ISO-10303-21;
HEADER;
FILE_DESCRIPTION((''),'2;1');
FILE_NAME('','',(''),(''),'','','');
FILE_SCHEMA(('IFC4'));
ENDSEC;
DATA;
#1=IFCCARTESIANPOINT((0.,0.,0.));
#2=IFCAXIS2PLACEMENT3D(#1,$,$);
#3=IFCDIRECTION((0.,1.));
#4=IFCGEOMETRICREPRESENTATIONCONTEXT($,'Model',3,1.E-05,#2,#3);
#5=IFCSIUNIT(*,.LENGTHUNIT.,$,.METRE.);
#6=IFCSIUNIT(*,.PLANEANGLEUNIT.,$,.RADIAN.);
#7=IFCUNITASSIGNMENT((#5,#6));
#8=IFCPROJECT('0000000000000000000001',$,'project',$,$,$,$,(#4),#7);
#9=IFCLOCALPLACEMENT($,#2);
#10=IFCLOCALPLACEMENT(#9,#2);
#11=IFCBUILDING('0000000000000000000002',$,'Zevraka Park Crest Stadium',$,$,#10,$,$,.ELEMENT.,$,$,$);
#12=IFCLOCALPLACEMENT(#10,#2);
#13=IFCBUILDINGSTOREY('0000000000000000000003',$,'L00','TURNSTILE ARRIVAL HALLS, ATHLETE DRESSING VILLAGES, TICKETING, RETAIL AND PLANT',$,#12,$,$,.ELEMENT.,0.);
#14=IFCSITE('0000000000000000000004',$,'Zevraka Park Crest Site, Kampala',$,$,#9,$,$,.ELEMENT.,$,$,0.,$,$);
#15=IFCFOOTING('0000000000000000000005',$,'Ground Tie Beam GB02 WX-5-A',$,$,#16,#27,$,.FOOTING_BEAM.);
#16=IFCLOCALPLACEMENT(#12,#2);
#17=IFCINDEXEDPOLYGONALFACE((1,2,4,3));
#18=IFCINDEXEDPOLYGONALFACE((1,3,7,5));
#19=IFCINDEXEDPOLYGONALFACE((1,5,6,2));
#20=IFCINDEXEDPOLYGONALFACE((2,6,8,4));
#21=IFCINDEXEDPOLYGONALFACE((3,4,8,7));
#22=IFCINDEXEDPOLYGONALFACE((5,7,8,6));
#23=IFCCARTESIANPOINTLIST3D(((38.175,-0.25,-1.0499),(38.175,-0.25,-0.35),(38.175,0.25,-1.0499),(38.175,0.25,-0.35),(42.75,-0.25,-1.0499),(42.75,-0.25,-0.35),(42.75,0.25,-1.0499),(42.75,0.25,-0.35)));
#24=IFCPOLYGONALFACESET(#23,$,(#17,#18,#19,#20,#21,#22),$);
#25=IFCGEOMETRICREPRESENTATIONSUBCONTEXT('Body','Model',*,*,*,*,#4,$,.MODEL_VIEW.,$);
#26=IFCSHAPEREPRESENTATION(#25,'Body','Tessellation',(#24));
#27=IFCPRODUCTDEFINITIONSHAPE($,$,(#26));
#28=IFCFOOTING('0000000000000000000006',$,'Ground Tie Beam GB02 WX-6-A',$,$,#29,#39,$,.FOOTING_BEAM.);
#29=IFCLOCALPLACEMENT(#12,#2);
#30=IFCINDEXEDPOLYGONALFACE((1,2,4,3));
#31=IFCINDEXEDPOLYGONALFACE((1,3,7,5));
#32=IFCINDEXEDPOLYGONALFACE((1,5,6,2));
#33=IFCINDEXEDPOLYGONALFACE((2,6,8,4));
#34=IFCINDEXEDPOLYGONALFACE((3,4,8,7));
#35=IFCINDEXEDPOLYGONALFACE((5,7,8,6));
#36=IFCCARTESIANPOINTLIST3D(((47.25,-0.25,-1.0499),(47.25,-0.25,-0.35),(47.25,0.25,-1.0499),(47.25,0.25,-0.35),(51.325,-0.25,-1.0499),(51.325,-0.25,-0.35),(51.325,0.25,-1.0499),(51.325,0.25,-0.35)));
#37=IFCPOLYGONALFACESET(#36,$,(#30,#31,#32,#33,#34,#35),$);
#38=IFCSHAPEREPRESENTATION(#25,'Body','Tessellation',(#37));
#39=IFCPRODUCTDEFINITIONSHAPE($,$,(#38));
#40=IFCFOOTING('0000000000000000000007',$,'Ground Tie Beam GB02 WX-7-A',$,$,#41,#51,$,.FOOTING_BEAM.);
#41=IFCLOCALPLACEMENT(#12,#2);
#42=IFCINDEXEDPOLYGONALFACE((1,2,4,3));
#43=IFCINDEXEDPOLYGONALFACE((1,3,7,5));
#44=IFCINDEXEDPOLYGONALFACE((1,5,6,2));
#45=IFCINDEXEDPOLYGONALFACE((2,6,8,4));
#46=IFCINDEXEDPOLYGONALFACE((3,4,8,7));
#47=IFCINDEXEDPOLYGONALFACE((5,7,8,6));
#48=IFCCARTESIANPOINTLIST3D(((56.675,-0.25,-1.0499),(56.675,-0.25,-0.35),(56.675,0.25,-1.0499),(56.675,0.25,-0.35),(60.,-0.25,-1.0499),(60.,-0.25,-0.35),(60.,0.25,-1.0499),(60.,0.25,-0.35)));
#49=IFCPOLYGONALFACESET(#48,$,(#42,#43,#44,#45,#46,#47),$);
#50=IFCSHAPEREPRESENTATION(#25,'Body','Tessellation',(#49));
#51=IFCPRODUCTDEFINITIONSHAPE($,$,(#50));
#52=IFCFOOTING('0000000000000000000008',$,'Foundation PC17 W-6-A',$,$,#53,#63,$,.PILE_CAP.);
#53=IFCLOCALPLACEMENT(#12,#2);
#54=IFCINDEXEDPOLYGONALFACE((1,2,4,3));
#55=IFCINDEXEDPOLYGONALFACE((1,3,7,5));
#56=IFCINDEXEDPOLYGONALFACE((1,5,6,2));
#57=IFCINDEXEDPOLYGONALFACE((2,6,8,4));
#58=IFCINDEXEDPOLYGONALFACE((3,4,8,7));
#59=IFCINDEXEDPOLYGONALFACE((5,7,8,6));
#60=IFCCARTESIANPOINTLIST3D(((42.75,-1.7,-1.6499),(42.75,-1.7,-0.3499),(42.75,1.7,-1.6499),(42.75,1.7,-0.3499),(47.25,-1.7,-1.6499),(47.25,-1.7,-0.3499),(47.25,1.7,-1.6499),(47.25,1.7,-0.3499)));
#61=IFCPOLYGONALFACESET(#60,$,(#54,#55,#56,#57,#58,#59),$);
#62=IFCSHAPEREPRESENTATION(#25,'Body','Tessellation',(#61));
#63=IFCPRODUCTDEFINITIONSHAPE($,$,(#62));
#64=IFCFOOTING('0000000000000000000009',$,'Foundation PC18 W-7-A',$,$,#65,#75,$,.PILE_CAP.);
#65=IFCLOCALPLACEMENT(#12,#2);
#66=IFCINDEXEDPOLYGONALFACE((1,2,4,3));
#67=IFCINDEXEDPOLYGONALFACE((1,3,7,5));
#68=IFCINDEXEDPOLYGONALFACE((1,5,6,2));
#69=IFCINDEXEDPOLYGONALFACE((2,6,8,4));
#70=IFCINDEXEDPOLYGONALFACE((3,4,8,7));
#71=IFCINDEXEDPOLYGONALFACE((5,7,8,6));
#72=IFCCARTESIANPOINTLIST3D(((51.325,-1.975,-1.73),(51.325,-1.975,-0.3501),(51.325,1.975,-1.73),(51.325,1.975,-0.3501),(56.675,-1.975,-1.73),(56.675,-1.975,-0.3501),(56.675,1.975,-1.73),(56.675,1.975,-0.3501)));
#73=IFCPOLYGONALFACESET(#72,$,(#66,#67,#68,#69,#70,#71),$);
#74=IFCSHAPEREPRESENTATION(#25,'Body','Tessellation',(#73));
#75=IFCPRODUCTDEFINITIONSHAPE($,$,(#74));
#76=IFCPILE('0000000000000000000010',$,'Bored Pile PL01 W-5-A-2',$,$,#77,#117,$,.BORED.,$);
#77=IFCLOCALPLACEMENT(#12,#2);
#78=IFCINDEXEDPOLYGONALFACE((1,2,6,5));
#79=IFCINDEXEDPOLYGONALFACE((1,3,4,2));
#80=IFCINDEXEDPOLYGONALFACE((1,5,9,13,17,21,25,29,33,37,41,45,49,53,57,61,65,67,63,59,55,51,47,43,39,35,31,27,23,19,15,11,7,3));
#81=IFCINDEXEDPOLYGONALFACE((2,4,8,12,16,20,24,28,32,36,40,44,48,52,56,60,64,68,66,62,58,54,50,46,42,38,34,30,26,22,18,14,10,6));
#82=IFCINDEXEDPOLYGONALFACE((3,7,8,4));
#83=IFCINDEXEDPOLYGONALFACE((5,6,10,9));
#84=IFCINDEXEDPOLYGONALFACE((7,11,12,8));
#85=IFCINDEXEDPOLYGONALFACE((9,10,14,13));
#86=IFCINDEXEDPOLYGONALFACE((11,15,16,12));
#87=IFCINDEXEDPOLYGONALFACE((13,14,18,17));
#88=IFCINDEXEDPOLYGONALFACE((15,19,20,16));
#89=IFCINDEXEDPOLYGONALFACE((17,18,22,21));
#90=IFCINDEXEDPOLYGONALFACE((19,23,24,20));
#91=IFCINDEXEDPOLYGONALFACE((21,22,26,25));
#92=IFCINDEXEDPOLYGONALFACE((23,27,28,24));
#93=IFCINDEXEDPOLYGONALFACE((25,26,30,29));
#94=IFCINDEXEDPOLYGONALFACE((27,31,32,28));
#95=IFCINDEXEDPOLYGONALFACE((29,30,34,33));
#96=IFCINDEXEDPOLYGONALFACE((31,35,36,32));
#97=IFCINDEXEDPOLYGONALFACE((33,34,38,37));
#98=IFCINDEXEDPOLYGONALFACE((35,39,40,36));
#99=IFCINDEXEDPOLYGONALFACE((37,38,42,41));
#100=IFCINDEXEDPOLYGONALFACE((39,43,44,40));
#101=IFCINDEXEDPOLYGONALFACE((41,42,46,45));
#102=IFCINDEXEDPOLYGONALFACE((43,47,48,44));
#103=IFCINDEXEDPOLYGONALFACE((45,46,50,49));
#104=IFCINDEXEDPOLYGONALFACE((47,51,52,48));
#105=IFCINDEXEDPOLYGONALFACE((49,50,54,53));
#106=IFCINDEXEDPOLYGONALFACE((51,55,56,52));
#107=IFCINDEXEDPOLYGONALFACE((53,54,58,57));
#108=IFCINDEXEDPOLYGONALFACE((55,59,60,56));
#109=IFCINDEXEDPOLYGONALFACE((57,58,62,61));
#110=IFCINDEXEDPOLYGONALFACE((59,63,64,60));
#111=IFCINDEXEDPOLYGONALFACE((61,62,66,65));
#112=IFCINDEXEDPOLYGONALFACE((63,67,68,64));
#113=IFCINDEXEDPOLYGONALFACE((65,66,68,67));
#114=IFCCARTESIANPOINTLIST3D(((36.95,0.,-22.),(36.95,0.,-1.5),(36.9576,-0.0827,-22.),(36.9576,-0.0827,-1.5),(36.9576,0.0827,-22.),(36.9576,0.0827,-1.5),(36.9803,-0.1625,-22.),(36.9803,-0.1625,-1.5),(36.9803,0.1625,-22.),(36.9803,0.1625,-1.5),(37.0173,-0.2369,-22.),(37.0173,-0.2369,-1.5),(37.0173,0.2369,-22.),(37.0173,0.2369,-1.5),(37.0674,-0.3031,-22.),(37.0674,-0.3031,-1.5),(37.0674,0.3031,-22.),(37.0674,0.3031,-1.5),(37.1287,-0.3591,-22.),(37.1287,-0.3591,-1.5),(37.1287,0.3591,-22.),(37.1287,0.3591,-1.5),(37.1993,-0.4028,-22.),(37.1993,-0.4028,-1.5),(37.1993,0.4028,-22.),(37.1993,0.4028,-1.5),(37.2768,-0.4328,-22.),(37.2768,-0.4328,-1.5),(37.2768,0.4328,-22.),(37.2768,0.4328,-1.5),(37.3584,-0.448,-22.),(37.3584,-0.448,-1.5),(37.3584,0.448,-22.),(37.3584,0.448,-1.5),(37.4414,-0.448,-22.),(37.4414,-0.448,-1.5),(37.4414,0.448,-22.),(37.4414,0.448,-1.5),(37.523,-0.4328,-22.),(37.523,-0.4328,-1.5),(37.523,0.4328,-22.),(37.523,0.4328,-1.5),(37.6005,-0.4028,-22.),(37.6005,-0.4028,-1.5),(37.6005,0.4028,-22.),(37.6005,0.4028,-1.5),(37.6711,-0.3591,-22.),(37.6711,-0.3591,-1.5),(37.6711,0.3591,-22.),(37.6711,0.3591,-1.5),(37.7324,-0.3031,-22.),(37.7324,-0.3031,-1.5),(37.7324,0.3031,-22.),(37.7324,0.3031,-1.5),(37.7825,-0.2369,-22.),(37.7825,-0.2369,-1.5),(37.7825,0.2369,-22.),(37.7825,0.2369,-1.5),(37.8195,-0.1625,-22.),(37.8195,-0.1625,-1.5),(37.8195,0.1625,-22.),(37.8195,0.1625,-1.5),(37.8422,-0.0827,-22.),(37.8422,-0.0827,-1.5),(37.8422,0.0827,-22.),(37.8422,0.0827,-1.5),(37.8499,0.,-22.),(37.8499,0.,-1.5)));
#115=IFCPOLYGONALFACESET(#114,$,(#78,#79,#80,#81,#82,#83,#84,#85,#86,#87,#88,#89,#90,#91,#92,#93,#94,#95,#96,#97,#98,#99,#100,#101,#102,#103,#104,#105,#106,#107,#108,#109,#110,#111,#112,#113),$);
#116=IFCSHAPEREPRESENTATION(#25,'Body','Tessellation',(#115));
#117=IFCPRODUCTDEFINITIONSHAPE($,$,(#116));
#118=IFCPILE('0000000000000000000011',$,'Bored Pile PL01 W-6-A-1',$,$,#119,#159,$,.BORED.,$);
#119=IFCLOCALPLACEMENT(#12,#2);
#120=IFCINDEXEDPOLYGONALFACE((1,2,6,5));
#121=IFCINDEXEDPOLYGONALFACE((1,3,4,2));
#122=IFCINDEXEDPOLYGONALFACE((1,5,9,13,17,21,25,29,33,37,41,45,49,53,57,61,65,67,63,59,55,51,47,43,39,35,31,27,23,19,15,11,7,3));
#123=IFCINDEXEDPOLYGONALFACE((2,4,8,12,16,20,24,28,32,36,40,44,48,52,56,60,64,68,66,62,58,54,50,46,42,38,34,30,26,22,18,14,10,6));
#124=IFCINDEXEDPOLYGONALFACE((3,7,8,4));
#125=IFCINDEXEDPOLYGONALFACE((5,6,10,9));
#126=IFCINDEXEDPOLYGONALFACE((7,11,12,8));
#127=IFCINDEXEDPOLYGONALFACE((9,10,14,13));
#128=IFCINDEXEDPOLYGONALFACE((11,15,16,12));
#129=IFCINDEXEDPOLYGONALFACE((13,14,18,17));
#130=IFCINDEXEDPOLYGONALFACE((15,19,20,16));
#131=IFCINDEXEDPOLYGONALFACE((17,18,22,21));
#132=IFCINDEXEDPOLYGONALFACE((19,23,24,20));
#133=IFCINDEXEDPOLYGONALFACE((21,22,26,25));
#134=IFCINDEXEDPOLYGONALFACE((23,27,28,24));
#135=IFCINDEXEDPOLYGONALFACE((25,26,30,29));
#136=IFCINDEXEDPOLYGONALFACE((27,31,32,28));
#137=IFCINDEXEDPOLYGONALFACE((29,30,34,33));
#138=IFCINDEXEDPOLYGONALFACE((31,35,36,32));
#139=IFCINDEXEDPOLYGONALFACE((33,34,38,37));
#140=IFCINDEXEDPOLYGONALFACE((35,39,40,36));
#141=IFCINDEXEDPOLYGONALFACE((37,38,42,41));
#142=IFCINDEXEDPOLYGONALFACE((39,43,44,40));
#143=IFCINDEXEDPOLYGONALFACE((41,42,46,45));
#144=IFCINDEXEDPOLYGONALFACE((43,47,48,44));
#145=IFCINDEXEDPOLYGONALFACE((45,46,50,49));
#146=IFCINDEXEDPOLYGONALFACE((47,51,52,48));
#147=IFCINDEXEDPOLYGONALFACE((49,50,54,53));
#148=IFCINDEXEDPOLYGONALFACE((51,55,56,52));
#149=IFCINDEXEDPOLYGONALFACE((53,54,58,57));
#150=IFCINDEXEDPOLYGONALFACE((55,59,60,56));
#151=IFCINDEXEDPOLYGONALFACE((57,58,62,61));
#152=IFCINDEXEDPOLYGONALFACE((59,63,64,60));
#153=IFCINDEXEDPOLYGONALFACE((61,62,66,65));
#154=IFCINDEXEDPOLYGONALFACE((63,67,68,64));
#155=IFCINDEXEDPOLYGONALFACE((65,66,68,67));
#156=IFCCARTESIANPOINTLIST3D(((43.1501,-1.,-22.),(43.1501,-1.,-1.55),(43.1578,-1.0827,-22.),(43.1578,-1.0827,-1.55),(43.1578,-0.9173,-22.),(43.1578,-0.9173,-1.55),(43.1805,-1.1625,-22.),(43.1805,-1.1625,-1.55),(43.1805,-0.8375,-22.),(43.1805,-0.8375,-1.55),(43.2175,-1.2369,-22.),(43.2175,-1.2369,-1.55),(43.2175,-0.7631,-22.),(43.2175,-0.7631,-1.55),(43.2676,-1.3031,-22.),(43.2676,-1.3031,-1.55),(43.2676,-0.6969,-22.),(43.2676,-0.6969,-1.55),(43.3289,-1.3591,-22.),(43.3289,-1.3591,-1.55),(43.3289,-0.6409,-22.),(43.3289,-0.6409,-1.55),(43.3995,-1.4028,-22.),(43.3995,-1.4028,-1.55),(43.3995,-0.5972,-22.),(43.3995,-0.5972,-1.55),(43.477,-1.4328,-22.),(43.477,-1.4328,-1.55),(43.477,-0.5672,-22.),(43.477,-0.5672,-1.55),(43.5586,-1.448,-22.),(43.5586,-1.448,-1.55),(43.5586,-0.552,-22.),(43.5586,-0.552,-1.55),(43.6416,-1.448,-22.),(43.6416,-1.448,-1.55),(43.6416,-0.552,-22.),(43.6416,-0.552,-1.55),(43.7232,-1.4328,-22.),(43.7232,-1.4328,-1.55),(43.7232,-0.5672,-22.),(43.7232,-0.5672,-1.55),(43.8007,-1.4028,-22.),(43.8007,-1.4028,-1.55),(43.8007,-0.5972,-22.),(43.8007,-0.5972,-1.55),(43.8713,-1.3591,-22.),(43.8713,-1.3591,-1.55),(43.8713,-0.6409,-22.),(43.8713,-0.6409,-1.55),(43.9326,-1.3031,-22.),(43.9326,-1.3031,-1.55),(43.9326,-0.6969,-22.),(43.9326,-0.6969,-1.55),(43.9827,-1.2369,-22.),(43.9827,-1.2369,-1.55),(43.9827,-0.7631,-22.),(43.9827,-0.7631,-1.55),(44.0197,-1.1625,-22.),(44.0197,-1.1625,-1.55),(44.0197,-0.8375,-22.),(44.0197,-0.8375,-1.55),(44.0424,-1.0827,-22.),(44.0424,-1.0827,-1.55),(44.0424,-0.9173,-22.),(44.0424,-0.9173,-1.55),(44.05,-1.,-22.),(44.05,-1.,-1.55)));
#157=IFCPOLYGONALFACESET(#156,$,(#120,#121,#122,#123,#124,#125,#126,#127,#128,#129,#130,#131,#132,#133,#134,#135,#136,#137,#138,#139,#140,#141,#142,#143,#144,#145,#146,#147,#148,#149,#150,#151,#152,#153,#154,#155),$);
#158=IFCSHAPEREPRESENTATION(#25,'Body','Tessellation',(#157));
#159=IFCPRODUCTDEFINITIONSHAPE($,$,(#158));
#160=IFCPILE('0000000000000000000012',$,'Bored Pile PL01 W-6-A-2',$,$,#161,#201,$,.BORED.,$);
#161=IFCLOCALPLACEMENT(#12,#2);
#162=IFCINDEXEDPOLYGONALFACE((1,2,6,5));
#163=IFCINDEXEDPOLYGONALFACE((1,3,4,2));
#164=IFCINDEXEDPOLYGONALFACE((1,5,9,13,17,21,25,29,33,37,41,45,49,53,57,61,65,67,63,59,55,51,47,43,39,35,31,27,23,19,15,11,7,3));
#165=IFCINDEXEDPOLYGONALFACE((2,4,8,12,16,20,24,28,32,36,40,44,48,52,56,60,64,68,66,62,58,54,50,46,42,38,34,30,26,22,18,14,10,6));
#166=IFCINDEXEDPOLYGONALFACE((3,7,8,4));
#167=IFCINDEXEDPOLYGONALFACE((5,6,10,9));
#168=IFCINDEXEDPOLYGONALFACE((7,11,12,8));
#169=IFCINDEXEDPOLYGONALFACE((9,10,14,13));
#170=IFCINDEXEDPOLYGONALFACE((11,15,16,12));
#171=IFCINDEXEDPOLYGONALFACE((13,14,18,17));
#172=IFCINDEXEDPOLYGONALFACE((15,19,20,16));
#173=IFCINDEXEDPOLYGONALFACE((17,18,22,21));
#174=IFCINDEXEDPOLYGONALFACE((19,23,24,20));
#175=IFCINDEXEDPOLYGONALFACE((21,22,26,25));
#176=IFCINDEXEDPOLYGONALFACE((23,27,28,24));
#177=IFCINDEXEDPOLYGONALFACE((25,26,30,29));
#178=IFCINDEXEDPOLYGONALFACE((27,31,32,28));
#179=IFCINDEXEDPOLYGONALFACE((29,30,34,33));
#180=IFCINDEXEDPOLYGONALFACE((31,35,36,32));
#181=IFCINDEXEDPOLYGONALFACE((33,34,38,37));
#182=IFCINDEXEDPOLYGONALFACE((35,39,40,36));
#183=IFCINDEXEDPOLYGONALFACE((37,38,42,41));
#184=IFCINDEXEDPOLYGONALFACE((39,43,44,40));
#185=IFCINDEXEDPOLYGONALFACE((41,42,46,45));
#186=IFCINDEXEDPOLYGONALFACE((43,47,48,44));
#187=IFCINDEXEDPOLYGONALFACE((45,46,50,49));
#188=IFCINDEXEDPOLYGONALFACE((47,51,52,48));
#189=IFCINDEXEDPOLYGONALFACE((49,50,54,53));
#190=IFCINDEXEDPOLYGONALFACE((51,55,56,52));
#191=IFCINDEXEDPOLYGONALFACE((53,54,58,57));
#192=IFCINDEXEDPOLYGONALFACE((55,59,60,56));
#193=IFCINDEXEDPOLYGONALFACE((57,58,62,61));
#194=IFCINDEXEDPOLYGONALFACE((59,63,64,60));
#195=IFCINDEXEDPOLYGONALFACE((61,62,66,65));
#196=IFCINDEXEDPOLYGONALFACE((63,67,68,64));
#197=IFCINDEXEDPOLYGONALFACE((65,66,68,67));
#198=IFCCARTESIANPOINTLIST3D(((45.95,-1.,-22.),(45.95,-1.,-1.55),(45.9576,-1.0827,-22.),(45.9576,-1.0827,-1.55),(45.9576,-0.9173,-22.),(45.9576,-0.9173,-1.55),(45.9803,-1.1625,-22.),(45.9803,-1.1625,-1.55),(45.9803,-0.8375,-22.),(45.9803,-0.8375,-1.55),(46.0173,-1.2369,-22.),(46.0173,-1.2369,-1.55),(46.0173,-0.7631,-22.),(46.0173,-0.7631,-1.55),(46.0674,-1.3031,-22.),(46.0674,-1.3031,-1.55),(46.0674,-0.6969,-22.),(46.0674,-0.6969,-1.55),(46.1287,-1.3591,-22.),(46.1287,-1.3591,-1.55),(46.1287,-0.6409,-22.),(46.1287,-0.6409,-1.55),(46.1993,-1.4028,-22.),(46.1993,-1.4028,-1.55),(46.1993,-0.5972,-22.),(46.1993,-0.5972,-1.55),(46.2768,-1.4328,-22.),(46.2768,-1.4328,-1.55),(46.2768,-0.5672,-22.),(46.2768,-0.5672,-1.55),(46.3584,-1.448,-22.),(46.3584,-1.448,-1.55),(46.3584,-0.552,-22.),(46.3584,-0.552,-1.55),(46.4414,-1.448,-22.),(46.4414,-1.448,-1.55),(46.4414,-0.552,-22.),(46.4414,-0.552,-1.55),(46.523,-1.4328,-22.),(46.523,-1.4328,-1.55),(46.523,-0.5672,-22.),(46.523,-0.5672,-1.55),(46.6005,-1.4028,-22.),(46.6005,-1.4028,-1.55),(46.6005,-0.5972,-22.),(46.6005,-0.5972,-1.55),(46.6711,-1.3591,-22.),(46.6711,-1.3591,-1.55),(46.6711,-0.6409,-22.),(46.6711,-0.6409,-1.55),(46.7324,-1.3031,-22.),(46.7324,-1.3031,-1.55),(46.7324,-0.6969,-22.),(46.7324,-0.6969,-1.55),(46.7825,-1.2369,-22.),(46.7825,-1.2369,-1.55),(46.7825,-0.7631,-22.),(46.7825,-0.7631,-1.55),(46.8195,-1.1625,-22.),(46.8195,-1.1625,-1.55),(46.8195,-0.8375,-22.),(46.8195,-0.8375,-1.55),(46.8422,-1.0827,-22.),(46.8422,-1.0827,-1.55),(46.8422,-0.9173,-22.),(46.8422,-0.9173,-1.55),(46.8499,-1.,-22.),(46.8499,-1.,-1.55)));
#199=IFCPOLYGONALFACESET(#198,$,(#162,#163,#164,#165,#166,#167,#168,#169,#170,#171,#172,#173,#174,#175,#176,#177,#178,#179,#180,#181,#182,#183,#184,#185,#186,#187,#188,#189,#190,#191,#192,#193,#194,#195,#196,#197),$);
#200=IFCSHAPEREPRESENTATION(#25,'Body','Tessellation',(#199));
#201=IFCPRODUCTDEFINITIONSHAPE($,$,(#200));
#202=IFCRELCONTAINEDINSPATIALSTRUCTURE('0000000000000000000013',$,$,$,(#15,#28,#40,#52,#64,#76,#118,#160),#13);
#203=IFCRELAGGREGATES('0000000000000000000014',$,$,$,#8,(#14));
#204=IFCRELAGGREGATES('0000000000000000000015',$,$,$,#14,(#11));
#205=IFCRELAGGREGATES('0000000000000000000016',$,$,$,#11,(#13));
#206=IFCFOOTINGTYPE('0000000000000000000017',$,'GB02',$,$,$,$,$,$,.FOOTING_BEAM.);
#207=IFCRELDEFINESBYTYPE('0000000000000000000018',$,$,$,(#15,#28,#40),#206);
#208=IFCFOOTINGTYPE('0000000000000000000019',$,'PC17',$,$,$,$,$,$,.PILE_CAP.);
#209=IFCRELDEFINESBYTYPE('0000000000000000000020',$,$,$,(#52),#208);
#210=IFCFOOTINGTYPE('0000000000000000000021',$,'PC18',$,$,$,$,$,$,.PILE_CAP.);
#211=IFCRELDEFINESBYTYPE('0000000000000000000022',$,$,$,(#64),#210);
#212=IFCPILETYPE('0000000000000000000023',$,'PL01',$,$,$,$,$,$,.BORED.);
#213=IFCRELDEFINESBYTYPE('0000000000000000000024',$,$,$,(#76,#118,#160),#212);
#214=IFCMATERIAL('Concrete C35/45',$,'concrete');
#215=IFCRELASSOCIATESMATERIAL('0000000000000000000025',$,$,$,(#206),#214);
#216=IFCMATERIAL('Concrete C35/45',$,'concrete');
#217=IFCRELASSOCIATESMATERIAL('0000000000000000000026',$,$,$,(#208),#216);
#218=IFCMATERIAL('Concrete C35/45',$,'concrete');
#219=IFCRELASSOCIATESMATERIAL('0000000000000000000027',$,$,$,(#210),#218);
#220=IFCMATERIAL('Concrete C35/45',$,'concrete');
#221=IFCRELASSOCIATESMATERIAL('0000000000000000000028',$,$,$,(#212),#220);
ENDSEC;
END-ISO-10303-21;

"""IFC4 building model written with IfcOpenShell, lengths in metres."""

from ifc_helpers import new_model, si_unit, direction, frame, origin, origin_2d, place, context, subcontext, project, spatial, rectangle, circle, extrude, material, material_profile, profile_set, type_object, element, save


model = new_model("IFC4")

# Units and contexts
model_context = context("Model", 3, precision=1e-05, world=origin(), true_north=direction((0.0, 1.0)))
body_context = subcontext(model_context, "Body", "Model", "MODEL_VIEW")
ifc_project = project(units=[si_unit("LENGTHUNIT", "METRE"), si_unit("PLANEANGLEUNIT", "RADIAN")], contexts=[model_context])

# Site, building, storey
site_placement = place(None, origin())
site = spatial("IfcSite", under=ifc_project, at=site_placement, Name="Zevraka Park Crest Site, Kampala", CompositionType="ELEMENT", RefElevation=0.0)
building_placement = place(site_placement, origin())
building = spatial("IfcBuilding", under=site, at=building_placement, Name="Zevraka Park Crest Stadium", CompositionType="ELEMENT")
storey_placement = place(building_placement, origin())
storey = spatial("IfcBuildingStorey", under=building, at=storey_placement, Name="L00", Description="TURNSTILE ARRIVAL HALLS, ATHLETE DRESSING VILLAGES, TICKETING, RETAIL AND PLANT", CompositionType="ELEMENT", Elevation=0.0)

# Footings
ifc_material_1 = material(Name="Concrete C35/45", Category="concrete")
ifc_material_profile_1 = material_profile(ifc_material_1, rectangle(XDim=0.5, YDim=0.7, at=origin_2d()), Name="GB 700x500")
ifc_profile_set_1 = profile_set([ifc_material_profile_1], Name="Concrete C35/45")
footing_type_1 = type_object("IfcFootingType", Name="GB02", PredefinedType="FOOTING_BEAM", material=ifc_profile_set_1)
footing_1_placement = place(storey_placement, frame((38.175, 0.0, -0.7), z_axis=(1.0, 0.0, 0.0), x_axis=(0.0, 1.0, 0.0)))
element("IfcFooting", 1, at=footing_1_placement, inside=storey, type_object=footing_type_1, Name="Ground Tie Beam GB02 WX-5-A", PredefinedType="FOOTING_BEAM", context=body_context, shape_type="SweptSolid", body=[
    extrude(rectangle(XDim=0.5, YDim=0.7, at=origin_2d()), origin(), (0.0, 0.0, 1.0), 4.575),
])
footing_2_placement = place(storey_placement, frame((47.25, 0.0, -0.7), z_axis=(1.0, 0.0, 0.0), x_axis=(0.0, 1.0, 0.0)))
element("IfcFooting", 2, at=footing_2_placement, inside=storey, type_object=footing_type_1, Name="Ground Tie Beam GB02 WX-6-A", PredefinedType="FOOTING_BEAM", context=body_context, shape_type="SweptSolid", body=[
    extrude(rectangle(XDim=0.5, YDim=0.7, at=origin_2d()), origin(), (0.0, 0.0, 1.0), 4.075),
])
footing_3_placement = place(storey_placement, frame((56.675, 0.0, -0.7), z_axis=(1.0, 0.0, 0.0), x_axis=(0.0, 1.0, 0.0)))
element("IfcFooting", 3, at=footing_3_placement, inside=storey, type_object=footing_type_1, Name="Ground Tie Beam GB02 WX-7-A", PredefinedType="FOOTING_BEAM", context=body_context, shape_type="SweptSolid", body=[
    extrude(rectangle(XDim=0.5, YDim=0.7, at=origin_2d()), origin(), (0.0, 0.0, 1.0), 3.325),
])
ifc_material_2 = material(Name="Concrete C35/45", Category="concrete")
footing_type_2 = type_object("IfcFootingType", Name="PC17", PredefinedType="PILE_CAP", material=ifc_material_2)
footing_4_placement = place(storey_placement, frame((45.0, 0.0, -1.6499), z_axis=(0.0, 0.0, 1.0), x_axis=(1.0, 0.0, 0.0)))
element("IfcFooting", 4, at=footing_4_placement, inside=storey, type_object=footing_type_2, Name="Foundation PC17 W-6-A", PredefinedType="PILE_CAP", context=body_context, shape_type="SweptSolid", body=[
    extrude(rectangle(XDim=4.5, YDim=3.3999, at=origin_2d()), origin(), (0.0, 0.0, 1.0), 1.3),
])
ifc_material_3 = material(Name="Concrete C35/45", Category="concrete")
footing_type_3 = type_object("IfcFootingType", Name="PC18", PredefinedType="PILE_CAP", material=ifc_material_3)
footing_5_placement = place(storey_placement, frame((54.0, 0.0, -1.73), z_axis=(0.0, 0.0, 1.0), x_axis=(1.0, 0.0, 0.0)))
element("IfcFooting", 5, at=footing_5_placement, inside=storey, type_object=footing_type_3, Name="Foundation PC18 W-7-A", PredefinedType="PILE_CAP", context=body_context, shape_type="SweptSolid", body=[
    extrude(rectangle(XDim=5.3501, YDim=3.95, at=origin_2d()), origin(), (0.0, 0.0, 1.0), 1.3799),
])

# Piles
ifc_material_4 = material(Name="Concrete C35/45", Category="concrete")
ifc_material_profile_2 = material_profile(ifc_material_4, circle(Radius=0.45, at=origin_2d()), Name="PILE D900")
ifc_profile_set_2 = profile_set([ifc_material_profile_2], Name="Concrete C35/45")
pile_type = type_object("IfcPileType", Name="PL01", PredefinedType="BORED", material=ifc_profile_set_2)
pile_placement = place(storey_placement, frame((37.3999, 0.0, -1.5), z_axis=(0.0, 0.0, -1.0), x_axis=(1.0, 0.0, 0.0)))
element("IfcPile", 6, at=pile_placement, inside=storey, type_object=pile_type, Name="Bored Pile PL01 W-5-A-2", PredefinedType="BORED", context=body_context, shape_type="SweptSolid", body=[
    extrude(circle(Radius=0.45, at=origin_2d()), origin(), (0.0, 0.0, 1.0), 20.5),
])
for number, where, z_axis, x_axis, name in (
    (7, (43.6001, -1.0, -1.55), (0.0, 0.0, -1.0), (1.0, 0.0, 0.0), "Bored Pile PL01 W-6-A-1"),
    (8, (46.3999, -1.0, -1.55), (0.0, 0.0, -1.0), (1.0, 0.0, 0.0), "Bored Pile PL01 W-6-A-2"),
):
    element("IfcPile", number, at=place(storey_placement, frame(where, z_axis=z_axis, x_axis=x_axis)), inside=storey, type_object=pile_type, Name=name, PredefinedType="BORED", context=body_context, shape_type="SweptSolid", body=[
        extrude(circle(Radius=0.45, at=origin_2d()), origin(), (0.0, 0.0, 1.0), 20.45),
    ])

save(model, "model.ifc")
